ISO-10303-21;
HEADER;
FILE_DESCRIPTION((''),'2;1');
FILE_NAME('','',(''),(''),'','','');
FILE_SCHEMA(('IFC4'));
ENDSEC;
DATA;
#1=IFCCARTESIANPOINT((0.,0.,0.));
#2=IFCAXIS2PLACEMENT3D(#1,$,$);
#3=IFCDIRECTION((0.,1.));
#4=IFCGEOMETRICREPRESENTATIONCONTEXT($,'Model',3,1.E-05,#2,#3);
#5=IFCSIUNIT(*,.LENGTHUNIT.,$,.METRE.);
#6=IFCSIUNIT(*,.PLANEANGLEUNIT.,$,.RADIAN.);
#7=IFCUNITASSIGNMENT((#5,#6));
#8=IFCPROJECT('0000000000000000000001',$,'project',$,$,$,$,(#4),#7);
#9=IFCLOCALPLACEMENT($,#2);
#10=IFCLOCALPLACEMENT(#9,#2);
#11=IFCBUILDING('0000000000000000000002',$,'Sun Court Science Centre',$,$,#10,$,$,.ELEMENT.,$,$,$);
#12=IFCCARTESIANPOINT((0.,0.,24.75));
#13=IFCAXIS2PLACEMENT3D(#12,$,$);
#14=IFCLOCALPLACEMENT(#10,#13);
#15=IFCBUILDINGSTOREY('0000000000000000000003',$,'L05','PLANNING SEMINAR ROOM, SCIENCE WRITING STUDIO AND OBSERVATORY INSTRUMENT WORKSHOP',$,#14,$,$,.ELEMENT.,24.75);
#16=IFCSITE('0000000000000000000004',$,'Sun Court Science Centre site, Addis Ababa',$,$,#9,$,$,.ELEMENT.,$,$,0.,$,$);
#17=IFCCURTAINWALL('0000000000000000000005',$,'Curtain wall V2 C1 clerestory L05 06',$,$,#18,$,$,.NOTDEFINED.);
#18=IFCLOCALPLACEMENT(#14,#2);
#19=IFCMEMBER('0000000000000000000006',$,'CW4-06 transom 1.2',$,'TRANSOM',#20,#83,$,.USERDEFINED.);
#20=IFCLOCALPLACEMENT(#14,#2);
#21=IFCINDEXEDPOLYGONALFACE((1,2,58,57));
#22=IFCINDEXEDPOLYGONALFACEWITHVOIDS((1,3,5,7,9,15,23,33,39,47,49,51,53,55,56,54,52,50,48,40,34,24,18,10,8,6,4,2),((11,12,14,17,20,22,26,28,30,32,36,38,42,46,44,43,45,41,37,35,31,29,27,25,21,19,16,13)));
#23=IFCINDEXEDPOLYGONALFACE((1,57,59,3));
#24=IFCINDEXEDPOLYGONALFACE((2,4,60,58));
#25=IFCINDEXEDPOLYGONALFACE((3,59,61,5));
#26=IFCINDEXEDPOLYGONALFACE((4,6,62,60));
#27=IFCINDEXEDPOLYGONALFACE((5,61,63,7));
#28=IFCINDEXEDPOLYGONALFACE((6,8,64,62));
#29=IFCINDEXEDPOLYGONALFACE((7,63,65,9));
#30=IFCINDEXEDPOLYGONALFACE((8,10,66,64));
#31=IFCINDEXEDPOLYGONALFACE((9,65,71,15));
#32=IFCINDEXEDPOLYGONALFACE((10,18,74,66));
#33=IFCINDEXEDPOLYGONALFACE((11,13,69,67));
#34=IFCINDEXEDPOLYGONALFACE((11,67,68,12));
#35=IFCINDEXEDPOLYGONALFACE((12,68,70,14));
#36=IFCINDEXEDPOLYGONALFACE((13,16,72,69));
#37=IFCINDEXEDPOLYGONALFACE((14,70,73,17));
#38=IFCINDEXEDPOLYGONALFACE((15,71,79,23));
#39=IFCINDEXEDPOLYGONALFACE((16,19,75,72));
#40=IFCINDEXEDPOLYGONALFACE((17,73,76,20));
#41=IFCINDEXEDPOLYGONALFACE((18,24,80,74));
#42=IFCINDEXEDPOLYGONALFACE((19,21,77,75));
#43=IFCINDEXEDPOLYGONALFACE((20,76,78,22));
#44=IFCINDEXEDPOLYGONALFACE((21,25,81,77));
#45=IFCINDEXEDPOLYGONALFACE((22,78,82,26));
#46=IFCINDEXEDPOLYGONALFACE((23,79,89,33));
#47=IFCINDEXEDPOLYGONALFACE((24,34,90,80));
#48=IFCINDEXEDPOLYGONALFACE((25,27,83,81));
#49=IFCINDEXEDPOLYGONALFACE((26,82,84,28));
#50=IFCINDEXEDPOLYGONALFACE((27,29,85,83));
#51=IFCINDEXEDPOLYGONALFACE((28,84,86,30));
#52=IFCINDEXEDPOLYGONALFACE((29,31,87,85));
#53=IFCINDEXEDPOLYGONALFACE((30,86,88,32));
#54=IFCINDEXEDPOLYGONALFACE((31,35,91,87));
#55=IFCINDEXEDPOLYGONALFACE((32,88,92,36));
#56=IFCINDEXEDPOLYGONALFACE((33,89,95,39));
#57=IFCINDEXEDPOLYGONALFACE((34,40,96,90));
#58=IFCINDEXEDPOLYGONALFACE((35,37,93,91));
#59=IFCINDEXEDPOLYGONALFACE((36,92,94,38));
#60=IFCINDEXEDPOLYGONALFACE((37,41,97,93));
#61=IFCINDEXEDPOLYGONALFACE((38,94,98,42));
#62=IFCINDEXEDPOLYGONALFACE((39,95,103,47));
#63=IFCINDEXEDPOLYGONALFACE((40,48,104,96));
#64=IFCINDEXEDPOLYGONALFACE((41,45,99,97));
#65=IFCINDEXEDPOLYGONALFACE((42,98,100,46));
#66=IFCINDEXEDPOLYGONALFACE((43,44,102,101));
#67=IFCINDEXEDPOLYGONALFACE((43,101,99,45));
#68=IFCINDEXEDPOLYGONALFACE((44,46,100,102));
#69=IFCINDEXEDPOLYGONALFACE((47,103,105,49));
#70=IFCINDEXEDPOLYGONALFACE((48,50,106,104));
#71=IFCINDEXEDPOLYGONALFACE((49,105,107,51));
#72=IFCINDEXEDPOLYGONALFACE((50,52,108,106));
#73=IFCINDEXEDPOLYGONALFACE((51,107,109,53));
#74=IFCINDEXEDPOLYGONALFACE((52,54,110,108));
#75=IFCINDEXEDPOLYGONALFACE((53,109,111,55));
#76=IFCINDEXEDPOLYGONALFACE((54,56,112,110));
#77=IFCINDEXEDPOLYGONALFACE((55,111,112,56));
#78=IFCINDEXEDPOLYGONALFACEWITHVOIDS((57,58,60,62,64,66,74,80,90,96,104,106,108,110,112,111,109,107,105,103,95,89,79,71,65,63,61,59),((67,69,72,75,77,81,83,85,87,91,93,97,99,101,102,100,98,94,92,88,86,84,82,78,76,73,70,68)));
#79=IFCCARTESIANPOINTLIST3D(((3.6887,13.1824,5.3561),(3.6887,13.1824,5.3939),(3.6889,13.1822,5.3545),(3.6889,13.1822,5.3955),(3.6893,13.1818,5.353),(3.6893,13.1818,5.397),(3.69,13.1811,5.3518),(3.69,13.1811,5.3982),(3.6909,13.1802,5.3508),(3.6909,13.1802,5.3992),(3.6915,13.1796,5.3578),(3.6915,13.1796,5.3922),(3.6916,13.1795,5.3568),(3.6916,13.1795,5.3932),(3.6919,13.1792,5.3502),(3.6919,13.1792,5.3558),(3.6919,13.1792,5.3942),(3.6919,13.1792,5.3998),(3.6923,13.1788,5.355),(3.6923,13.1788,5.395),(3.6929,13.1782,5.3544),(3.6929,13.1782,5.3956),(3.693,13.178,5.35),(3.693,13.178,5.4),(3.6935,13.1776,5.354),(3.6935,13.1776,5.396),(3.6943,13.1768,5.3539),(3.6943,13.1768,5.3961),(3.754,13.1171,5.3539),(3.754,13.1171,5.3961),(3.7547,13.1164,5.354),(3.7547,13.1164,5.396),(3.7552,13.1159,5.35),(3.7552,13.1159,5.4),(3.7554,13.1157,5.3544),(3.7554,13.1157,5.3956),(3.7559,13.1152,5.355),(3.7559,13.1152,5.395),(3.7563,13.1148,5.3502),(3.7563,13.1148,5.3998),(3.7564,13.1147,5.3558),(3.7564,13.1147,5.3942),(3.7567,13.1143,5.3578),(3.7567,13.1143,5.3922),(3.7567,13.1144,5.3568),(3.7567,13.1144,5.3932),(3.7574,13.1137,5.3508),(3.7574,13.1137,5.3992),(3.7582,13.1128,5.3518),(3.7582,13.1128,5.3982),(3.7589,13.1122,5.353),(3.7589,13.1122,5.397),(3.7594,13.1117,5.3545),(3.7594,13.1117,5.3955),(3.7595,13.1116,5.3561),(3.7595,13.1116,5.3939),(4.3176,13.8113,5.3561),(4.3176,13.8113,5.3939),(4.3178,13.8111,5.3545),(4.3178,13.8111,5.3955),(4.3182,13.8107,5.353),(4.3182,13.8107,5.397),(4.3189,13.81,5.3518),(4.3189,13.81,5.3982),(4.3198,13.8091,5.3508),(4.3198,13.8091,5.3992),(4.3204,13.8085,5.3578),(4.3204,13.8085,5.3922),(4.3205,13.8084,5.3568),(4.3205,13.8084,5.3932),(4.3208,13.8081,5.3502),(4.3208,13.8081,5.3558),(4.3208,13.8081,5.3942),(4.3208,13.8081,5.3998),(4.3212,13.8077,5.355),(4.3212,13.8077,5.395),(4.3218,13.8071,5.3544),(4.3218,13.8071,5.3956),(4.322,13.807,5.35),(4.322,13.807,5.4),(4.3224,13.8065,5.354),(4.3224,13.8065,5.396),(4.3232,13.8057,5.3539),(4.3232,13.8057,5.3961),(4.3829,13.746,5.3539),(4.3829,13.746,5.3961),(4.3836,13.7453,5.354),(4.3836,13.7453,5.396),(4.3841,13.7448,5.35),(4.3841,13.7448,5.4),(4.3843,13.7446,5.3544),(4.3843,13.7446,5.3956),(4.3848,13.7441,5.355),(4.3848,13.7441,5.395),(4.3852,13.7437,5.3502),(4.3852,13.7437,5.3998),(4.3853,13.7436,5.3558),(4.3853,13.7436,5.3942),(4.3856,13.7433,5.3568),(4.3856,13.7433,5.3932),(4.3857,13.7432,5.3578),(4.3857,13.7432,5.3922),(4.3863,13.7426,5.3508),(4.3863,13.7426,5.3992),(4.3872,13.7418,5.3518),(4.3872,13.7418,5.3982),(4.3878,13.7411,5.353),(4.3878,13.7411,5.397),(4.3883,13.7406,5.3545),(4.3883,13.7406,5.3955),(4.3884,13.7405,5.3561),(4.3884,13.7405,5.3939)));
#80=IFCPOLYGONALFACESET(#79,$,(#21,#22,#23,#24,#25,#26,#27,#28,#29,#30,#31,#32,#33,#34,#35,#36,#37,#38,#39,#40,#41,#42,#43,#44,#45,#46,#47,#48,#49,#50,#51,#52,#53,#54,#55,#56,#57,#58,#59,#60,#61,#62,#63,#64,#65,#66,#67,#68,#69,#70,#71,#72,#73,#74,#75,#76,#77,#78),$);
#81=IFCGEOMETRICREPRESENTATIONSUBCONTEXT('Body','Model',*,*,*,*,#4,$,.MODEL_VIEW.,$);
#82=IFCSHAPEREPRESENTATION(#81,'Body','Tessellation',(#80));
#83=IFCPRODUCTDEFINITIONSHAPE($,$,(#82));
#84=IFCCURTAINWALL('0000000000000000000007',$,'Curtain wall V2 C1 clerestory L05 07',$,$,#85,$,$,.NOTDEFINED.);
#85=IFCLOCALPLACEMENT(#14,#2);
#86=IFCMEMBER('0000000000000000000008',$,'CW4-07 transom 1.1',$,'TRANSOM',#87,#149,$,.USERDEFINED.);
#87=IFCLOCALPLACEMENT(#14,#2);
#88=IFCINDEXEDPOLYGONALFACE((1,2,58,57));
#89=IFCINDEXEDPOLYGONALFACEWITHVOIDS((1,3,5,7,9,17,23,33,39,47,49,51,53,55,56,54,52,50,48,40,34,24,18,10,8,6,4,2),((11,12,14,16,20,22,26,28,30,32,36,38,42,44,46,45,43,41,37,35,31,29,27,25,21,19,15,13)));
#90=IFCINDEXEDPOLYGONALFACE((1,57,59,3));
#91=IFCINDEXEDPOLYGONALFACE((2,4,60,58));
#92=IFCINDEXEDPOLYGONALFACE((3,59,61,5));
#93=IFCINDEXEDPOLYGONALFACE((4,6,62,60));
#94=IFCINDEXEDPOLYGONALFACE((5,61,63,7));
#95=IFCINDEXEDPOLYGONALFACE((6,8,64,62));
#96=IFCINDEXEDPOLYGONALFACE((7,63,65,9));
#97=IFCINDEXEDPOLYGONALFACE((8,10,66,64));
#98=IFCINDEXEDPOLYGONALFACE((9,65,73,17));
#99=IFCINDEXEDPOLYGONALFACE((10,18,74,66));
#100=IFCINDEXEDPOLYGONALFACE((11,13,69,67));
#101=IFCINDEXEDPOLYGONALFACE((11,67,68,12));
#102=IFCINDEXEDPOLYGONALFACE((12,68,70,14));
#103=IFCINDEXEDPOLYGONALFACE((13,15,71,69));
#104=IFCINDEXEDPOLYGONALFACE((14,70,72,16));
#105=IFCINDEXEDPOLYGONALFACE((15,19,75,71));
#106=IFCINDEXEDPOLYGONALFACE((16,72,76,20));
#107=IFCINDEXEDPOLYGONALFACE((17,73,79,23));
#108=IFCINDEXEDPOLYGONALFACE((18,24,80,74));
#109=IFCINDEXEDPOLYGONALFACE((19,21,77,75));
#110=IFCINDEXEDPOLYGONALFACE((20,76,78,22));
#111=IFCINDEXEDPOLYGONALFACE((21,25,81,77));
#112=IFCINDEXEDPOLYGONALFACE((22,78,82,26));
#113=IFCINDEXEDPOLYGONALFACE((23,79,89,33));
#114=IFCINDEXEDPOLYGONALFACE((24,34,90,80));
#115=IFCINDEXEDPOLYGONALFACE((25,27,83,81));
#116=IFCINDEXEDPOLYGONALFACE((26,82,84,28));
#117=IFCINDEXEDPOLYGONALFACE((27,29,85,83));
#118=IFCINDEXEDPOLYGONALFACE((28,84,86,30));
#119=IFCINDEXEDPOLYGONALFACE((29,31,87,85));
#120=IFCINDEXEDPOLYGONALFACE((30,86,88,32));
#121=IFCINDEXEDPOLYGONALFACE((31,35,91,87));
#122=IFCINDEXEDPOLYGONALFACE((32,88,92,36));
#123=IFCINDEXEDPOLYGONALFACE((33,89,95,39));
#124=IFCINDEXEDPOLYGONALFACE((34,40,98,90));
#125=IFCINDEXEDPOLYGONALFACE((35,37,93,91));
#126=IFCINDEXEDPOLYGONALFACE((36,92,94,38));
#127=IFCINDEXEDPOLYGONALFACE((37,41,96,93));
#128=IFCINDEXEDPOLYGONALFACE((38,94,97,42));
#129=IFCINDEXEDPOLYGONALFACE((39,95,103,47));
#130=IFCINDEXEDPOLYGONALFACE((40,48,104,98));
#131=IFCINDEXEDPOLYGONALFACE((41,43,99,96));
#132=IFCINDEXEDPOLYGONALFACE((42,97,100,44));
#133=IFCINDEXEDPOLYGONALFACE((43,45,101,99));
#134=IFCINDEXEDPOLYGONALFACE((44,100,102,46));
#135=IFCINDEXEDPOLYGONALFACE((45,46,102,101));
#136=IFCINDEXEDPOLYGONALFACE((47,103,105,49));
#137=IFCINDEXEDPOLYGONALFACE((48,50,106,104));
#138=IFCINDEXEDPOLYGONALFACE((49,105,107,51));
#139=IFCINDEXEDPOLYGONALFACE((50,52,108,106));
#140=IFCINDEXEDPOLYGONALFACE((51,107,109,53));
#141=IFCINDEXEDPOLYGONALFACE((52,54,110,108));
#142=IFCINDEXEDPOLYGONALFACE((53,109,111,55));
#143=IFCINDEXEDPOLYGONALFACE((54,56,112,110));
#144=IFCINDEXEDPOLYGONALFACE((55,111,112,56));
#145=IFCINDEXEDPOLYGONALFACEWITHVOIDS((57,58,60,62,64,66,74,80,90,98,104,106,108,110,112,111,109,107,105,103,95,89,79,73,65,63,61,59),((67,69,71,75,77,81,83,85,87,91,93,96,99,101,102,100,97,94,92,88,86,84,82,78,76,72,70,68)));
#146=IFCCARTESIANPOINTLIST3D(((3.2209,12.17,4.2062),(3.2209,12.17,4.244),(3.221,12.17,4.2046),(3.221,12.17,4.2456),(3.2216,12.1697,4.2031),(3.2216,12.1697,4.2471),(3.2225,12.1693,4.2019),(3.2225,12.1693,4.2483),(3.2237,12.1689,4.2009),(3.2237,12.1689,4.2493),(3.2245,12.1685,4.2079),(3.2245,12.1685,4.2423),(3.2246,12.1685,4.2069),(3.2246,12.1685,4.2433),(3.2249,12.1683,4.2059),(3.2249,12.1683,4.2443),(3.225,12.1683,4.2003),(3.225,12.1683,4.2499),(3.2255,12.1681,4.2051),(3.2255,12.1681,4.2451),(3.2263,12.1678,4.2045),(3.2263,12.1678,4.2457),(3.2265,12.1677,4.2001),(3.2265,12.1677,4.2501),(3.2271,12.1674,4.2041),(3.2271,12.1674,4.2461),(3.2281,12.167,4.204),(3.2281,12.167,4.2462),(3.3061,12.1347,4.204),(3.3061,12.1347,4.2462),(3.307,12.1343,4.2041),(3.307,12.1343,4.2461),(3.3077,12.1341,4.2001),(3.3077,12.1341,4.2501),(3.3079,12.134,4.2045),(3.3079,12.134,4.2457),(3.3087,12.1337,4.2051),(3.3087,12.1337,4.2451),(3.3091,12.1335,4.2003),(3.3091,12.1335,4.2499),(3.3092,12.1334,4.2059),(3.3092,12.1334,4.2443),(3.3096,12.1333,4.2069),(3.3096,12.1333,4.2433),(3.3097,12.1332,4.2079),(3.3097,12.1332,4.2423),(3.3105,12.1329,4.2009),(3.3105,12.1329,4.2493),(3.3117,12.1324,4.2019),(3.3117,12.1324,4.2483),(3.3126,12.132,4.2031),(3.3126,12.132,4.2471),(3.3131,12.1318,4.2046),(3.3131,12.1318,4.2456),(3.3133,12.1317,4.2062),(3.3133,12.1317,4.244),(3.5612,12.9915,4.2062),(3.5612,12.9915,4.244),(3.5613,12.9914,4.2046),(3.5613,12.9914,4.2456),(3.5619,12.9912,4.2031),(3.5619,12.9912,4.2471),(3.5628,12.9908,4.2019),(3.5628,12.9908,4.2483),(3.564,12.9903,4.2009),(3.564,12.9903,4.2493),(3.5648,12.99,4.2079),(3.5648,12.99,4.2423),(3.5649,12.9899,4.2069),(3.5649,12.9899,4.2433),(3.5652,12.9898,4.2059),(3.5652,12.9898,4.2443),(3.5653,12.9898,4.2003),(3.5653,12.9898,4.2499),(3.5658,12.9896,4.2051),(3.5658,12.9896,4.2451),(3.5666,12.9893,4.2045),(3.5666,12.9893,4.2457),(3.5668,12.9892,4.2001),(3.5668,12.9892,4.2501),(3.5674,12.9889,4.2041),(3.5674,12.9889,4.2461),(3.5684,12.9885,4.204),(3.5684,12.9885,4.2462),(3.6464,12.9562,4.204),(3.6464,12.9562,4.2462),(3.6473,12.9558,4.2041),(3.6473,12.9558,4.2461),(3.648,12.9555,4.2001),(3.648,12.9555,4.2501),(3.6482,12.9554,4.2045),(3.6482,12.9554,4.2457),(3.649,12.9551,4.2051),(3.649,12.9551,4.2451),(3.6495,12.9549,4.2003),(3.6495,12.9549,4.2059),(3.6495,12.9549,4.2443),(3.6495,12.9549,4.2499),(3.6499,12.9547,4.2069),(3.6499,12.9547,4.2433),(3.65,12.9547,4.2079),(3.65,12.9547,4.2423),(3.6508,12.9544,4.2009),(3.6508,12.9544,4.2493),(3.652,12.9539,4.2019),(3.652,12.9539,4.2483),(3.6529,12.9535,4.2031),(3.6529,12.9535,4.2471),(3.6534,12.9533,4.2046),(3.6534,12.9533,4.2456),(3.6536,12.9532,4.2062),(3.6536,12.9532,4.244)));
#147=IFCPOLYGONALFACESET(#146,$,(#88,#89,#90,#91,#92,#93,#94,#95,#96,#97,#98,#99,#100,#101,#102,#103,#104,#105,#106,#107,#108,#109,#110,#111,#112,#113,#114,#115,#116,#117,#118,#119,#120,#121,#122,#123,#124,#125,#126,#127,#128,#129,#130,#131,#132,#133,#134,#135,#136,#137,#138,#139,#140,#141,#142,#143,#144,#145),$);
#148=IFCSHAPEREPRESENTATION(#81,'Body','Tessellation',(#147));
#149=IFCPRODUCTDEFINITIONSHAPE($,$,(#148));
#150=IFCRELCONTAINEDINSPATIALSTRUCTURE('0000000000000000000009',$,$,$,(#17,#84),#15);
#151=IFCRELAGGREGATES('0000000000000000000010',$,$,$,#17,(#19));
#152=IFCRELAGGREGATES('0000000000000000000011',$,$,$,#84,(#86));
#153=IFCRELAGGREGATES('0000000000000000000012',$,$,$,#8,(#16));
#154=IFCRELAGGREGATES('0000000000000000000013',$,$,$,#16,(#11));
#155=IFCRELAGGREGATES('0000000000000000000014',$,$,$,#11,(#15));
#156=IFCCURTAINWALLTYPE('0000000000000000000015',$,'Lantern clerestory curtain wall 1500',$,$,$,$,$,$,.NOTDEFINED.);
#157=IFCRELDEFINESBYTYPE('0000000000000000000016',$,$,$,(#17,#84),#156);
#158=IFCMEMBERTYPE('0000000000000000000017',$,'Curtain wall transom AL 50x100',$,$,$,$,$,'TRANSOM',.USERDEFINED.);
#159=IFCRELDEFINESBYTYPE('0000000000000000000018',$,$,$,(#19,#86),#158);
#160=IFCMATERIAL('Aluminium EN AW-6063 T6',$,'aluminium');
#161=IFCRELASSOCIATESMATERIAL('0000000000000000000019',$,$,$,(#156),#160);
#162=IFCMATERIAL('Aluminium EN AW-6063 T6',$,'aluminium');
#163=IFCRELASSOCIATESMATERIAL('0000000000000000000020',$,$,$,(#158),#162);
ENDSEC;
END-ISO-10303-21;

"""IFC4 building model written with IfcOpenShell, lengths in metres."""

from ifc_helpers import new_model, si_unit, direction, frame, origin, origin_2d, place, context, subcontext, project, spatial, hollow_rectangle, extrude, material, material_profile, profile_set, type_object, element, aggregate, save


model = new_model("IFC4")

# Units and contexts
model_context = context("Model", 3, precision=1e-05, world=origin(), true_north=direction((0.0, 1.0)))
body_context = subcontext(model_context, "Body", "Model", "MODEL_VIEW")
ifc_project = project(units=[si_unit("LENGTHUNIT", "METRE"), si_unit("PLANEANGLEUNIT", "RADIAN")], contexts=[model_context])

# Site, building, storey
site_placement = place(None, origin())
site = spatial("IfcSite", under=ifc_project, at=site_placement, Name="Sun Court Science Centre site, Addis Ababa", CompositionType="ELEMENT", RefElevation=0.0)
building_placement = place(site_placement, origin())
building = spatial("IfcBuilding", under=site, at=building_placement, Name="Sun Court Science Centre", CompositionType="ELEMENT")
storey_placement = place(building_placement, frame((0.0, 0.0, 24.75)))
storey = spatial("IfcBuildingStorey", under=building, at=storey_placement, Name="L05", Description="PLANNING SEMINAR ROOM, SCIENCE WRITING STUDIO AND OBSERVATORY INSTRUMENT WORKSHOP", CompositionType="ELEMENT", Elevation=24.75)

# Shared definitions
ifc_material_1 = material(Name="Aluminium EN AW-6063 T6", Category="aluminium")
curtain_wall_type = type_object("IfcCurtainWallType", Name="Lantern clerestory curtain wall 1500", PredefinedType="NOTDEFINED", material=ifc_material_1)

# Curtain wall
curtain_wall_1_placement = place(storey_placement, origin())
curtain_wall_1 = element("IfcCurtainWall", 1, at=curtain_wall_1_placement, inside=storey, type_object=curtain_wall_type, Name="Curtain wall V2 C1 clerestory L05 06", PredefinedType="NOTDEFINED")

# Member
ifc_material_2 = material(Name="Aluminium EN AW-6063 T6", Category="aluminium")
ifc_material_profile_1 = material_profile(ifc_material_2, hollow_rectangle(XDim=0.05, YDim=0.1001, WallThickness=0.0039, InnerFilletRadius=0.0039, OuterFilletRadius=0.0061, at=origin_2d()), Name="AL 50x100x4")
ifc_profile_set_1 = profile_set([ifc_material_profile_1], Name="Aluminium EN AW-6063 T6")
member_type_1 = type_object("IfcMemberType", Name="Curtain wall transom AL 50x100", ElementType="TRANSOM", PredefinedType="USERDEFINED", material=ifc_profile_set_1)
member_1_placement = place(storey_placement, frame((3.7241, 13.147, 5.375), z_axis=(0.707107, 0.707107, 0.0), x_axis=(0.0, 0.0, 1.0)))
member_1 = element("IfcMember", 2, at=member_1_placement, type_object=member_type_1, Name="CW4-06 transom 1.2", ObjectType="TRANSOM", PredefinedType="USERDEFINED", context=body_context, shape_type="SweptSolid", body=[
    extrude(hollow_rectangle(XDim=0.05, YDim=0.1001, WallThickness=0.0039, InnerFilletRadius=0.0039, OuterFilletRadius=0.0061, at=origin_2d()), origin(), (0.0, 0.0, 1.0), 0.8894),
])

# Curtain wall, member
curtain_wall_2_placement = place(storey_placement, origin())
curtain_wall_2 = element("IfcCurtainWall", 3, at=curtain_wall_2_placement, inside=storey, type_object=curtain_wall_type, Name="Curtain wall V2 C1 clerestory L05 07", PredefinedType="NOTDEFINED")
member_2_placement = place(storey_placement, frame((3.2671, 12.1509, 4.2251), z_axis=(0.382724, 0.923863, 0.0), x_axis=(0.0, 0.0, 1.0)))
member_2 = element("IfcMember", 4, at=member_2_placement, type_object=member_type_1, Name="CW4-07 transom 1.1", ObjectType="TRANSOM", PredefinedType="USERDEFINED", context=body_context, shape_type="SweptSolid", body=[
    extrude(hollow_rectangle(XDim=0.05, YDim=0.1001, WallThickness=0.0039, InnerFilletRadius=0.0039, OuterFilletRadius=0.0061, at=origin_2d()), origin(), (0.0, 0.0, 1.0), 0.8892),
])

aggregate(curtain_wall_1, [member_1])
aggregate(curtain_wall_2, [member_2])

save(model, "model.ifc")
